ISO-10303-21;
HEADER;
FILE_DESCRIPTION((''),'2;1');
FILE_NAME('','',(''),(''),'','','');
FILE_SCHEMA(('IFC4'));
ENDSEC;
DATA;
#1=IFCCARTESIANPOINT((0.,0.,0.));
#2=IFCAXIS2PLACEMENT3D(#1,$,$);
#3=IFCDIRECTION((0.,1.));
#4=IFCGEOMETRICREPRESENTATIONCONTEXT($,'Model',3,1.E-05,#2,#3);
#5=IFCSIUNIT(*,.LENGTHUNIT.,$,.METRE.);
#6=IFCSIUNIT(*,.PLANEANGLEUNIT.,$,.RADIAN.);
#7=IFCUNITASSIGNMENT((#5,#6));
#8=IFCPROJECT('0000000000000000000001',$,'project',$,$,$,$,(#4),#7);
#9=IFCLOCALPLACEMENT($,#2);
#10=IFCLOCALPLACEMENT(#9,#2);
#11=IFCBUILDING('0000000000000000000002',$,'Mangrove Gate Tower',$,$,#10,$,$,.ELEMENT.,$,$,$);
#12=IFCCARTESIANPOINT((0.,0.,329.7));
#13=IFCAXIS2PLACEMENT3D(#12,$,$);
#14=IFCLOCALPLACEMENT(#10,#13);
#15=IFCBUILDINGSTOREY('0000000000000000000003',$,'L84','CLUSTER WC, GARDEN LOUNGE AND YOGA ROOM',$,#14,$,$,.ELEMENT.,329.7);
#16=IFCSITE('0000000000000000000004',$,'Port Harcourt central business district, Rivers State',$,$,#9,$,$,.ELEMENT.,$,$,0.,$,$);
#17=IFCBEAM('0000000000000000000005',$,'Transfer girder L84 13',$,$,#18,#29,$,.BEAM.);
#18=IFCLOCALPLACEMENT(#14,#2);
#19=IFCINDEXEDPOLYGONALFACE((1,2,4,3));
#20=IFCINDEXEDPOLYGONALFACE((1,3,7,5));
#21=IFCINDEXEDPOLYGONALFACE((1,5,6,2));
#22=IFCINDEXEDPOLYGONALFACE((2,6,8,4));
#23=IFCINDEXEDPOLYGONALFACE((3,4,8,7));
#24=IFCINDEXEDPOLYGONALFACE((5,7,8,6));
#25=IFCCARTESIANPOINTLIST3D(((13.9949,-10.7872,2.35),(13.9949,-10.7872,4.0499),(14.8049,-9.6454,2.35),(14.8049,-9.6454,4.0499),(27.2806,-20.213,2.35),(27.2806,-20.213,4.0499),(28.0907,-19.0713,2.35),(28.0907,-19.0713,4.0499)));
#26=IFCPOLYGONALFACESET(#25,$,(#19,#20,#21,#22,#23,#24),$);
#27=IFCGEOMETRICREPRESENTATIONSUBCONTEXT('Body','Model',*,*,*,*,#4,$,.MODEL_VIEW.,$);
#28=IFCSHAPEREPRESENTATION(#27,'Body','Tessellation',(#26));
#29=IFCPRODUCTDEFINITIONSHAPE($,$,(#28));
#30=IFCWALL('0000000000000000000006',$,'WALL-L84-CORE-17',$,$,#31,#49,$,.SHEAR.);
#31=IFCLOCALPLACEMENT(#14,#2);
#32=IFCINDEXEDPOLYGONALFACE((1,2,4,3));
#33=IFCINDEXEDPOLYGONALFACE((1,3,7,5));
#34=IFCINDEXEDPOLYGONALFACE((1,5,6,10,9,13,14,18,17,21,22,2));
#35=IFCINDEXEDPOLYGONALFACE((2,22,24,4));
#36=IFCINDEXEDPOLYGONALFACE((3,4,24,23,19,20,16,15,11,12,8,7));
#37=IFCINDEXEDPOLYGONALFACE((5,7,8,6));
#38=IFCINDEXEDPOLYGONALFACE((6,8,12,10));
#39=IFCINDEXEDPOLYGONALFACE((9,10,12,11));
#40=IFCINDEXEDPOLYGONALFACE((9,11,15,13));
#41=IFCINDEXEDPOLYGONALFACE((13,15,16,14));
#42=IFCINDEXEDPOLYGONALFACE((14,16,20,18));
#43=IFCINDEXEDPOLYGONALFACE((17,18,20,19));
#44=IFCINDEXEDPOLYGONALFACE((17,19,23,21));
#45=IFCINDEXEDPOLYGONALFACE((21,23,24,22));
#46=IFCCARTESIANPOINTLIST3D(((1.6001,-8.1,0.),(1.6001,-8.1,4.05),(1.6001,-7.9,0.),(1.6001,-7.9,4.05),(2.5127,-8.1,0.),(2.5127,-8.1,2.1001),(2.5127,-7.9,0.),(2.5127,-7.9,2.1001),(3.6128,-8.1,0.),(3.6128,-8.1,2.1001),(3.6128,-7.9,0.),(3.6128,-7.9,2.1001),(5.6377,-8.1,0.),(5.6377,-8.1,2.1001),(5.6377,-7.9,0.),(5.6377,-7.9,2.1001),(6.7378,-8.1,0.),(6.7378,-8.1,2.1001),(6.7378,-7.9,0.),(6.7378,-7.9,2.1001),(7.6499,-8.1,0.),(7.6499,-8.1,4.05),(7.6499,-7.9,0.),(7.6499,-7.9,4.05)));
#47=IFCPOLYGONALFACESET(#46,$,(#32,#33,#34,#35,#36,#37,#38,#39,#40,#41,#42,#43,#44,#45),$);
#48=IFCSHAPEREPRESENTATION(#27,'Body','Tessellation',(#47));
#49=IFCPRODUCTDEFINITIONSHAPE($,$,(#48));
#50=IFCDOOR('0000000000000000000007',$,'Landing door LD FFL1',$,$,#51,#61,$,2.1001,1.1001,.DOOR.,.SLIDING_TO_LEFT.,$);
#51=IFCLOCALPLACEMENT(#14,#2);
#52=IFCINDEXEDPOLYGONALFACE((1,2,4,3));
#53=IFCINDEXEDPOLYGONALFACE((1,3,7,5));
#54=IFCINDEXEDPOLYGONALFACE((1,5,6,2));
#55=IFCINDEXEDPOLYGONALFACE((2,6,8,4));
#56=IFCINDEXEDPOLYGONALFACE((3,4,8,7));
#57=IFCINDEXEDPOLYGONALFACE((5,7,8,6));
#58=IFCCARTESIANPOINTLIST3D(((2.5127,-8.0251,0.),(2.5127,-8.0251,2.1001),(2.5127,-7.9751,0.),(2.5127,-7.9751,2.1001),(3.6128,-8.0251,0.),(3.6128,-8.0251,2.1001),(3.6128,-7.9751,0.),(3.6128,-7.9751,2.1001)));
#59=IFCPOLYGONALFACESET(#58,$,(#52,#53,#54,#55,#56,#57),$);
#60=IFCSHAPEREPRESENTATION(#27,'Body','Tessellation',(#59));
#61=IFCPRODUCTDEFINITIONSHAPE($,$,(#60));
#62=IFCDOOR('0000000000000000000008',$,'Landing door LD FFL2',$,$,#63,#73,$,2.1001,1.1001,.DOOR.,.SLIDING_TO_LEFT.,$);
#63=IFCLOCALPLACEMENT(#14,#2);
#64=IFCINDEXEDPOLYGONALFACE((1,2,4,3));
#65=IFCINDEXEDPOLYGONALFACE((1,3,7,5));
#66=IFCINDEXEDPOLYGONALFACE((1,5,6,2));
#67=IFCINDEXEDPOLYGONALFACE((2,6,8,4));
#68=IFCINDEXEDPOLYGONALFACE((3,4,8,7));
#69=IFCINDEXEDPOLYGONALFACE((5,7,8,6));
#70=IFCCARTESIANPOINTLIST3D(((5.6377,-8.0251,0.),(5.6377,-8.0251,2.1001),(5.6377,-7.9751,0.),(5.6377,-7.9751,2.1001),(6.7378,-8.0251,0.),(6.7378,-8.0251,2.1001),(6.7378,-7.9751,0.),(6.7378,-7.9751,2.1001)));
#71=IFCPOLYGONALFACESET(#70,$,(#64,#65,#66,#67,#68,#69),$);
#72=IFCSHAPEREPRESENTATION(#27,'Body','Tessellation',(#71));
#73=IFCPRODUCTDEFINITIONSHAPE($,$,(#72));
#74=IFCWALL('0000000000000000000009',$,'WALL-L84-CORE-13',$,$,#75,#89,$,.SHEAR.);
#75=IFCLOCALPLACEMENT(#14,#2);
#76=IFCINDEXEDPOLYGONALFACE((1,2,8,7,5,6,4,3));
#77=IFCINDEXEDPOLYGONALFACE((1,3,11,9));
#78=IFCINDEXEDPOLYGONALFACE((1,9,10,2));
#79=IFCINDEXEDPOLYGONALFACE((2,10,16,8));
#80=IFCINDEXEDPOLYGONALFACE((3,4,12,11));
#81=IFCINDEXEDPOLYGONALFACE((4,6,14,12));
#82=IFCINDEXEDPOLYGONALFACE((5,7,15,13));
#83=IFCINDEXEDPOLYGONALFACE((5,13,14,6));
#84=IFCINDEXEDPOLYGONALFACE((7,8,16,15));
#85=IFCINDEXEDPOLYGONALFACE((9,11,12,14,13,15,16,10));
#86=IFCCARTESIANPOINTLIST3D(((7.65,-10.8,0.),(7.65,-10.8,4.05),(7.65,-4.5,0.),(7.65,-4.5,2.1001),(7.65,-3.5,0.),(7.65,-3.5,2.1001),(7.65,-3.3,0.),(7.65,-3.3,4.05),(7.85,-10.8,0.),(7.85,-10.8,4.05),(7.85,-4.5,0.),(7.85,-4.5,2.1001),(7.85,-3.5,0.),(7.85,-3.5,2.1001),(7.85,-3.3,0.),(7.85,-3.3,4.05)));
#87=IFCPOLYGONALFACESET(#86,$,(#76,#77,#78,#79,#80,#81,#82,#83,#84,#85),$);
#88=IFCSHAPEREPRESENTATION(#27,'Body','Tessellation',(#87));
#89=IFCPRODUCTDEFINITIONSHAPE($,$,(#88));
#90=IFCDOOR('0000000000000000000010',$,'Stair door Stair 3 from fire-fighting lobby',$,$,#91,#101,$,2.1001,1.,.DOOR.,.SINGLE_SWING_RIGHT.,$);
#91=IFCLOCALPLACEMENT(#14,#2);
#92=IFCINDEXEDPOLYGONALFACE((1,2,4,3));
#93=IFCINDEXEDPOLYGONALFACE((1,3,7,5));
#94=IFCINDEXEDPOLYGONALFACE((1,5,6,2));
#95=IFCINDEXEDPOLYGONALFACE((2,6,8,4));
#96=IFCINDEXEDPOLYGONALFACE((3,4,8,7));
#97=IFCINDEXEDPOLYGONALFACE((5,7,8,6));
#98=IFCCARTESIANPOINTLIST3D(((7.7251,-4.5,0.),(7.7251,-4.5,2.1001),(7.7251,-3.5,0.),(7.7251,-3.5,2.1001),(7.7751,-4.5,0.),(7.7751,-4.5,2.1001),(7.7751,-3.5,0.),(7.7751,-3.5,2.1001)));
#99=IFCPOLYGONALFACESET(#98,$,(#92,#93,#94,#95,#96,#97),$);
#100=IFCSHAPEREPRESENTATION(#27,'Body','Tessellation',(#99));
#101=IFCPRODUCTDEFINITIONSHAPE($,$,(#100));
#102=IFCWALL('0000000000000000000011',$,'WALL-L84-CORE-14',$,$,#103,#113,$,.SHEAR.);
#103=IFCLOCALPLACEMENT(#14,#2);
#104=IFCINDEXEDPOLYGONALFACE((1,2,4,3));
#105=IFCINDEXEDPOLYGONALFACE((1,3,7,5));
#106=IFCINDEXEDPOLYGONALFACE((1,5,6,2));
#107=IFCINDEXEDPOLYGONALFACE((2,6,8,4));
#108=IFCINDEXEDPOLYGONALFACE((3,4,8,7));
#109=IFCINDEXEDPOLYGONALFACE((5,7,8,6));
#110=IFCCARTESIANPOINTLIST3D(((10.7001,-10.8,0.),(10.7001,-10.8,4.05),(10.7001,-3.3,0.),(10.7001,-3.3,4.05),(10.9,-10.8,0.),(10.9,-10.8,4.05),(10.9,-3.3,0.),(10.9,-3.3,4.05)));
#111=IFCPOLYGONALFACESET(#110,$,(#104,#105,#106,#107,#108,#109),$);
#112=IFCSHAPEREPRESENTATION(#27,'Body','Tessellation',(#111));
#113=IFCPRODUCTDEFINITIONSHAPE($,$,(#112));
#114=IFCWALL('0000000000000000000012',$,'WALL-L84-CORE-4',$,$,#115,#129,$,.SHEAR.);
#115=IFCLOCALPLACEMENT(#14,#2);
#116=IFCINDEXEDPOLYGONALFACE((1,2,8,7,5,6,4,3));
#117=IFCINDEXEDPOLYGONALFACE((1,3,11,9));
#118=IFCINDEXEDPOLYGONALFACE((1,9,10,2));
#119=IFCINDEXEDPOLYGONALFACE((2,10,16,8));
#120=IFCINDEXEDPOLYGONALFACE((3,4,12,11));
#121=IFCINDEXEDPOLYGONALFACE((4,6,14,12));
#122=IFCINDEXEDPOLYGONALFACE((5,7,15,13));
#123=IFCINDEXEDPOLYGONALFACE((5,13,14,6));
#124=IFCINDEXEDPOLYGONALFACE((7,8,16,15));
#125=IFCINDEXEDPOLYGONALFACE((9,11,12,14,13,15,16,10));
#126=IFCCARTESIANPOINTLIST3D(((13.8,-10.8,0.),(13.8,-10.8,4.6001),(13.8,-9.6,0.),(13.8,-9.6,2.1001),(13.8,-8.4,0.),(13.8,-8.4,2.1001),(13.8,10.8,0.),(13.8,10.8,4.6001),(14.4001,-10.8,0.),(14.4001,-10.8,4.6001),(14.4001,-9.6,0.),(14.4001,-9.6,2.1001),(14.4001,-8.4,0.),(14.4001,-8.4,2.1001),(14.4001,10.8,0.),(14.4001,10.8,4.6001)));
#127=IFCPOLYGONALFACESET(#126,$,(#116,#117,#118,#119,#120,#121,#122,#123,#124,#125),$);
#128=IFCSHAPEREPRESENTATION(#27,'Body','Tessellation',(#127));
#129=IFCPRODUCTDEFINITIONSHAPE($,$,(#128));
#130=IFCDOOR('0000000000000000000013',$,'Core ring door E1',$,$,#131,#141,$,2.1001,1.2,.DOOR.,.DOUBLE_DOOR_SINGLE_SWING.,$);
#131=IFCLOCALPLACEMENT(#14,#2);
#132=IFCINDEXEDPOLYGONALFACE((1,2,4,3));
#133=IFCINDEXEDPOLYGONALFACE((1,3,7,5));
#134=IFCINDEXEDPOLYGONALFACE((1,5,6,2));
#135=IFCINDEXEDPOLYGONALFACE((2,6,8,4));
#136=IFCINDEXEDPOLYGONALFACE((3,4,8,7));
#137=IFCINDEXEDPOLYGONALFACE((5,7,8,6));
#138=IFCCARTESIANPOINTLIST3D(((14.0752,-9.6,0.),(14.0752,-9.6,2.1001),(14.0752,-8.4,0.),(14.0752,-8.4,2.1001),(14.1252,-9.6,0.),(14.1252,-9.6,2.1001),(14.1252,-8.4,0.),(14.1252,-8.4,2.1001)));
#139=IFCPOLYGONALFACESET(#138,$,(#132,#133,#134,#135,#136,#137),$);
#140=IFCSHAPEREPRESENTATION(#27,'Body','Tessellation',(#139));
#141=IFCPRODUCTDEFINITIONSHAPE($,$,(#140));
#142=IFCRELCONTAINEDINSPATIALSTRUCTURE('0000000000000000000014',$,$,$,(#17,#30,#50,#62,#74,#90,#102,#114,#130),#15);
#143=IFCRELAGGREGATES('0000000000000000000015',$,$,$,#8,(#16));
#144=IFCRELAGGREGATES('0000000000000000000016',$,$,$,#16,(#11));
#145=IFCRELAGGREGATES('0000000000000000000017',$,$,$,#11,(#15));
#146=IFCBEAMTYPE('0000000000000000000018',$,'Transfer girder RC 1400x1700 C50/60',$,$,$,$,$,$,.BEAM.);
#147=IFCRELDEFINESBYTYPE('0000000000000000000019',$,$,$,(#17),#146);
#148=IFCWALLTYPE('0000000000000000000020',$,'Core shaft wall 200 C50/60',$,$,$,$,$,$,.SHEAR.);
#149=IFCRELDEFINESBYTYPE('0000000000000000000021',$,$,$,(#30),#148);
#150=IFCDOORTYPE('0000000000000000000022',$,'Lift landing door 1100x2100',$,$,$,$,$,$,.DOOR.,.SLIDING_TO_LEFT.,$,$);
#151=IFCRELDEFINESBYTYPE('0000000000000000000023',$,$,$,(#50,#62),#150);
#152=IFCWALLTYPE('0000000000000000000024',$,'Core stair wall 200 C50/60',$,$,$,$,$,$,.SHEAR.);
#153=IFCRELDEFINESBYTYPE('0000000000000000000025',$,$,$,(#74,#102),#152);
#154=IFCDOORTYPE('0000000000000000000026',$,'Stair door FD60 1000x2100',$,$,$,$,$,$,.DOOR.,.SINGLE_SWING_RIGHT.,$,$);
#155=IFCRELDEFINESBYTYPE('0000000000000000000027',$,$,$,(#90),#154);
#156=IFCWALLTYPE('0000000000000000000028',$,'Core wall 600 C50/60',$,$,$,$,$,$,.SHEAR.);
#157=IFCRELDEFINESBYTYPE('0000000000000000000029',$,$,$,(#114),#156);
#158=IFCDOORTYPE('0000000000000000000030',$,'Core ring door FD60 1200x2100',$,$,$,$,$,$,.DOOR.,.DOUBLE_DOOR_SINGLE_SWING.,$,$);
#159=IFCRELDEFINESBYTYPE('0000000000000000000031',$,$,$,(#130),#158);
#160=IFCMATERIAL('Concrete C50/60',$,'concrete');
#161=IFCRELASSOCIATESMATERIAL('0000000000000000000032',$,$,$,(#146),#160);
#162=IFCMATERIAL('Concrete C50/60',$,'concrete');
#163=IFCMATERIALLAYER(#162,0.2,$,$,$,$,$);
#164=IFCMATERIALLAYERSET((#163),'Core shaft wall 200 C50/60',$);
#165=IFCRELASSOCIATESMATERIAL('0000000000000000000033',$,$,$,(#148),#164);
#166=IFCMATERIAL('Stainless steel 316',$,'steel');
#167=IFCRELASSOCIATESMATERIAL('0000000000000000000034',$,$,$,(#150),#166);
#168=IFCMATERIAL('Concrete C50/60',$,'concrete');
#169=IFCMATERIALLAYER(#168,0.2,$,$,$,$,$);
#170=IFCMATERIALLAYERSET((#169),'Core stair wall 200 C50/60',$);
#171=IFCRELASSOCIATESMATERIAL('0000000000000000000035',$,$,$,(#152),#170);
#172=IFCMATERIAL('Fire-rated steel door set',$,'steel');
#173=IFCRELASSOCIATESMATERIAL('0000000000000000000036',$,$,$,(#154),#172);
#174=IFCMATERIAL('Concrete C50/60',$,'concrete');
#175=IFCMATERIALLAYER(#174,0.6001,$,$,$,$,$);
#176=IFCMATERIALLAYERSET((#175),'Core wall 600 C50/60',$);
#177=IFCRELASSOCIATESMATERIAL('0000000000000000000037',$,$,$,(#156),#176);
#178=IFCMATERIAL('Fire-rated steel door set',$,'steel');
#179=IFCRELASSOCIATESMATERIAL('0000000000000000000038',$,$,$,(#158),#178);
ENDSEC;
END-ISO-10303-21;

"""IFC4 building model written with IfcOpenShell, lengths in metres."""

from ifc_helpers import new_model, si_unit, direction, frame, frame_2d, origin, origin_2d, place, context, subcontext, project, spatial, rectangle, extrude, material, layer, layer_set, material_profile, profile_set, type_object, element, fill, save


model = new_model("IFC4")

# Units and contexts
model_context = context("Model", 3, precision=1e-05, world=origin(), true_north=direction((0.0, 1.0)))
body_context = subcontext(model_context, "Body", "Model", "MODEL_VIEW")
ifc_project = project(units=[si_unit("LENGTHUNIT", "METRE"), si_unit("PLANEANGLEUNIT", "RADIAN")], contexts=[model_context])

# Site, building, storey
site_placement = place(None, origin())
site = spatial("IfcSite", under=ifc_project, at=site_placement, Name="Port Harcourt central business district, Rivers State", CompositionType="ELEMENT", RefElevation=0.0)
building_placement = place(site_placement, origin())
building = spatial("IfcBuilding", under=site, at=building_placement, Name="Mangrove Gate Tower", CompositionType="ELEMENT")
storey_placement = place(building_placement, frame((0.0, 0.0, 329.7)))
storey = spatial("IfcBuildingStorey", under=building, at=storey_placement, Name="L84", Description="CLUSTER WC, GARDEN LOUNGE AND YOGA ROOM", CompositionType="ELEMENT", Elevation=329.7)

# Beam
ifc_material_1 = material(Name="Concrete C50/60", Category="concrete")
ifc_material_profile = material_profile(ifc_material_1, rectangle(XDim=1.3999, YDim=1.7, at=origin_2d()))
ifc_profile_set = profile_set([ifc_material_profile], Name="Concrete C50/60")
beam_type = type_object("IfcBeamType", Name="Transfer girder RC 1400x1700 C50/60", PredefinedType="BEAM", material=ifc_profile_set)
beam_placement = place(storey_placement, frame((14.3999, -10.2163, 3.2), z_axis=(0.815587, -0.578635, 0.0), x_axis=(0.578635, 0.815587, 0.0)))
element("IfcBeam", 1, at=beam_placement, inside=storey, type_object=beam_type, Name="Transfer girder L84 13", PredefinedType="BEAM", context=body_context, shape_type="SweptSolid", body=[
    extrude(rectangle(XDim=1.3999, YDim=1.7, at=origin_2d()), origin(), (0.0, 0.0, 1.0), 16.2898),
])

# Wall, openings, doors
ifc_material_2 = material(Name="Concrete C50/60", Category="concrete")
ifc_layer_1 = layer(ifc_material_2, 0.2)
ifc_layer_set_1 = layer_set([ifc_layer_1], Name="Core shaft wall 200 C50/60")
wall_type_1 = type_object("IfcWallType", Name="Core shaft wall 200 C50/60", PredefinedType="SHEAR", material=ifc_layer_set_1)
wall_1_placement = place(storey_placement, frame((1.6001, -8.0, 0.0), z_axis=(0.0, 0.0, 1.0), x_axis=(1.0, 0.0, 0.0)))
wall_1 = element("IfcWall", 2, at=wall_1_placement, inside=storey, type_object=wall_type_1, Name="WALL-L84-CORE-17", PredefinedType="SHEAR", context=body_context, shape_type="SweptSolid", body=[
    extrude(rectangle(XDim=6.0498, YDim=0.2, at=frame_2d((3.0249, 0.0))), origin(), (0.0, 0.0, 1.0), 4.05),
])
opening_1_placement = place(wall_1_placement, frame((0.9126, 0.0, 0.0)))
opening_1 = element("IfcOpeningElement", 3, at=opening_1_placement, cuts=wall_1, PredefinedType="OPENING", context=body_context, shape_type="SweptSolid", body=[
    extrude(rectangle(XDim=1.1001, YDim=2.1001, at=frame_2d((0.55, 1.05))), frame((0.0, 0.1099, 0.0), z_axis=(0.0, -1.0, 0.0), x_axis=(1.0, 0.0, 0.0)), (0.0, 0.0, 1.0), 0.22),
])
opening_2_placement = place(wall_1_placement, frame((4.0376, 0.0, 0.0)))
opening_2 = element("IfcOpeningElement", 4, at=opening_2_placement, cuts=wall_1, PredefinedType="OPENING", context=body_context, shape_type="SweptSolid", body=[
    extrude(rectangle(XDim=1.1001, YDim=2.1001, at=frame_2d((0.55, 1.05))), frame((0.0, 0.1099, 0.0), z_axis=(0.0, -1.0, 0.0), x_axis=(1.0, 0.0, 0.0)), (0.0, 0.0, 1.0), 0.22),
])
ifc_material_3 = material(Name="Stainless steel 316", Category="steel")
door_type_1 = type_object("IfcDoorType", Name="Lift landing door 1100x2100", OperationType="SLIDING_TO_LEFT", PredefinedType="DOOR", material=ifc_material_3)
door_1_placement = place(opening_1_placement, origin())
door_1 = element("IfcDoor", 5, at=door_1_placement, inside=storey, type_object=door_type_1, Name="Landing door LD FFL1", OperationType="SLIDING_TO_LEFT", OverallHeight=2.1001, OverallWidth=1.1001, PredefinedType="DOOR", context=body_context, shape_type="SweptSolid", body=[
    extrude(rectangle(XDim=1.1001, YDim=2.1001, at=frame_2d((0.55, 1.05))), frame((0.0, 0.0249, 0.0), z_axis=(0.0, -1.0, 0.0), x_axis=(1.0, 0.0, 0.0)), (0.0, 0.0, 1.0), 0.05),
])
fill(opening_1, door_1)
door_2_placement = place(opening_2_placement, origin())
door_2 = element("IfcDoor", 6, at=door_2_placement, inside=storey, type_object=door_type_1, Name="Landing door LD FFL2", OperationType="SLIDING_TO_LEFT", OverallHeight=2.1001, OverallWidth=1.1001, PredefinedType="DOOR", context=body_context, shape_type="SweptSolid", body=[
    extrude(rectangle(XDim=1.1001, YDim=2.1001, at=frame_2d((0.55, 1.05))), frame((0.0, 0.0249, 0.0), z_axis=(0.0, -1.0, 0.0), x_axis=(1.0, 0.0, 0.0)), (0.0, 0.0, 1.0), 0.05),
])
fill(opening_2, door_2)

# Wall, opening, door
ifc_material_4 = material(Name="Concrete C50/60", Category="concrete")
ifc_layer_2 = layer(ifc_material_4, 0.2)
ifc_layer_set_2 = layer_set([ifc_layer_2], Name="Core stair wall 200 C50/60")
wall_type_2 = type_object("IfcWallType", Name="Core stair wall 200 C50/60", PredefinedType="SHEAR", material=ifc_layer_set_2)
wall_2_placement = place(storey_placement, frame((7.75, -10.8, 0.0), z_axis=(0.0, 0.0, 1.0), x_axis=(0.0, 1.0, 0.0)))
wall_2 = element("IfcWall", 7, at=wall_2_placement, inside=storey, type_object=wall_type_2, Name="WALL-L84-CORE-13", PredefinedType="SHEAR", context=body_context, shape_type="SweptSolid", body=[
    extrude(rectangle(XDim=7.5, YDim=0.2, at=frame_2d((3.75, 0.0))), origin(), (0.0, 0.0, 1.0), 4.05),
])
opening_3_placement = place(wall_2_placement, frame((6.3, 0.0, 0.0)))
opening_3 = element("IfcOpeningElement", 8, at=opening_3_placement, cuts=wall_2, PredefinedType="OPENING", context=body_context, shape_type="SweptSolid", body=[
    extrude(rectangle(XDim=1.0, YDim=2.1001, at=frame_2d((0.5, 1.05))), frame((0.0, 0.1099, 0.0), z_axis=(0.0, -1.0, 0.0), x_axis=(1.0, 0.0, 0.0)), (0.0, 0.0, 1.0), 0.22),
])
ifc_material_5 = material(Name="Fire-rated steel door set", Category="steel")
door_type_2 = type_object("IfcDoorType", Name="Stair door FD60 1000x2100", OperationType="SINGLE_SWING_RIGHT", PredefinedType="DOOR", material=ifc_material_5)
door_3_placement = place(opening_3_placement, origin())
door_3 = element("IfcDoor", 9, at=door_3_placement, inside=storey, type_object=door_type_2, Name="Stair door Stair 3 from fire-fighting lobby", OperationType="SINGLE_SWING_RIGHT", OverallHeight=2.1001, OverallWidth=1.0, PredefinedType="DOOR", context=body_context, shape_type="SweptSolid", body=[
    extrude(rectangle(XDim=1.0, YDim=2.1001, at=frame_2d((0.5, 1.05))), frame((0.0, 0.0249, 0.0), z_axis=(0.0, -1.0, 0.0), x_axis=(1.0, 0.0, 0.0)), (0.0, 0.0, 1.0), 0.05),
])
fill(opening_3, door_3)

# Wall
wall_3_placement = place(storey_placement, frame((10.8, -10.8, 0.0), z_axis=(0.0, 0.0, 1.0), x_axis=(0.0, 1.0, 0.0)))
element("IfcWall", 10, at=wall_3_placement, inside=storey, type_object=wall_type_2, Name="WALL-L84-CORE-14", PredefinedType="SHEAR", context=body_context, shape_type="SweptSolid", body=[
    extrude(rectangle(XDim=7.5, YDim=0.2, at=frame_2d((3.75, 0.0))), origin(), (0.0, 0.0, 1.0), 4.05),
])

# Wall, opening, door
ifc_material_6 = material(Name="Concrete C50/60", Category="concrete")
ifc_layer_3 = layer(ifc_material_6, 0.6001)
ifc_layer_set_3 = layer_set([ifc_layer_3], Name="Core wall 600 C50/60")
wall_type_3 = type_object("IfcWallType", Name="Core wall 600 C50/60", PredefinedType="SHEAR", material=ifc_layer_set_3)
wall_4_placement = place(storey_placement, frame((14.1001, -10.8, 0.0), z_axis=(0.0, 0.0, 1.0), x_axis=(0.0, 1.0, 0.0)))
wall_4 = element("IfcWall", 11, at=wall_4_placement, inside=storey, type_object=wall_type_3, Name="WALL-L84-CORE-4", PredefinedType="SHEAR", context=body_context, shape_type="SweptSolid", body=[
    extrude(rectangle(XDim=21.6001, YDim=0.6001, at=frame_2d((10.8, 0.0))), origin(), (0.0, 0.0, 1.0), 4.6001),
])
opening_4_placement = place(wall_4_placement, frame((1.2, 0.0, 0.0)))
opening_4 = element("IfcOpeningElement", 12, at=opening_4_placement, cuts=wall_4, PredefinedType="OPENING", context=body_context, shape_type="SweptSolid", body=[
    extrude(rectangle(XDim=1.2, YDim=2.1001, at=frame_2d((0.6001, 1.05))), frame((0.0, 0.3101, 0.0), z_axis=(0.0, -1.0, 0.0), x_axis=(1.0, 0.0, 0.0)), (0.0, 0.0, 1.0), 0.6201),
])
ifc_material_7 = material(Name="Fire-rated steel door set", Category="steel")
door_type_3 = type_object("IfcDoorType", Name="Core ring door FD60 1200x2100", OperationType="DOUBLE_DOOR_SINGLE_SWING", PredefinedType="DOOR", material=ifc_material_7)
door_4_placement = place(opening_4_placement, origin())
door_4 = element("IfcDoor", 13, at=door_4_placement, inside=storey, type_object=door_type_3, Name="Core ring door E1", OperationType="DOUBLE_DOOR_SINGLE_SWING", OverallHeight=2.1001, OverallWidth=1.2, PredefinedType="DOOR", context=body_context, shape_type="SweptSolid", body=[
    extrude(rectangle(XDim=1.2, YDim=2.1001, at=frame_2d((0.6001, 1.05))), frame((0.0, 0.0249, 0.0), z_axis=(0.0, -1.0, 0.0), x_axis=(1.0, 0.0, 0.0)), (0.0, 0.0, 1.0), 0.05),
])
fill(opening_4, door_4)

save(model, "model.ifc")
